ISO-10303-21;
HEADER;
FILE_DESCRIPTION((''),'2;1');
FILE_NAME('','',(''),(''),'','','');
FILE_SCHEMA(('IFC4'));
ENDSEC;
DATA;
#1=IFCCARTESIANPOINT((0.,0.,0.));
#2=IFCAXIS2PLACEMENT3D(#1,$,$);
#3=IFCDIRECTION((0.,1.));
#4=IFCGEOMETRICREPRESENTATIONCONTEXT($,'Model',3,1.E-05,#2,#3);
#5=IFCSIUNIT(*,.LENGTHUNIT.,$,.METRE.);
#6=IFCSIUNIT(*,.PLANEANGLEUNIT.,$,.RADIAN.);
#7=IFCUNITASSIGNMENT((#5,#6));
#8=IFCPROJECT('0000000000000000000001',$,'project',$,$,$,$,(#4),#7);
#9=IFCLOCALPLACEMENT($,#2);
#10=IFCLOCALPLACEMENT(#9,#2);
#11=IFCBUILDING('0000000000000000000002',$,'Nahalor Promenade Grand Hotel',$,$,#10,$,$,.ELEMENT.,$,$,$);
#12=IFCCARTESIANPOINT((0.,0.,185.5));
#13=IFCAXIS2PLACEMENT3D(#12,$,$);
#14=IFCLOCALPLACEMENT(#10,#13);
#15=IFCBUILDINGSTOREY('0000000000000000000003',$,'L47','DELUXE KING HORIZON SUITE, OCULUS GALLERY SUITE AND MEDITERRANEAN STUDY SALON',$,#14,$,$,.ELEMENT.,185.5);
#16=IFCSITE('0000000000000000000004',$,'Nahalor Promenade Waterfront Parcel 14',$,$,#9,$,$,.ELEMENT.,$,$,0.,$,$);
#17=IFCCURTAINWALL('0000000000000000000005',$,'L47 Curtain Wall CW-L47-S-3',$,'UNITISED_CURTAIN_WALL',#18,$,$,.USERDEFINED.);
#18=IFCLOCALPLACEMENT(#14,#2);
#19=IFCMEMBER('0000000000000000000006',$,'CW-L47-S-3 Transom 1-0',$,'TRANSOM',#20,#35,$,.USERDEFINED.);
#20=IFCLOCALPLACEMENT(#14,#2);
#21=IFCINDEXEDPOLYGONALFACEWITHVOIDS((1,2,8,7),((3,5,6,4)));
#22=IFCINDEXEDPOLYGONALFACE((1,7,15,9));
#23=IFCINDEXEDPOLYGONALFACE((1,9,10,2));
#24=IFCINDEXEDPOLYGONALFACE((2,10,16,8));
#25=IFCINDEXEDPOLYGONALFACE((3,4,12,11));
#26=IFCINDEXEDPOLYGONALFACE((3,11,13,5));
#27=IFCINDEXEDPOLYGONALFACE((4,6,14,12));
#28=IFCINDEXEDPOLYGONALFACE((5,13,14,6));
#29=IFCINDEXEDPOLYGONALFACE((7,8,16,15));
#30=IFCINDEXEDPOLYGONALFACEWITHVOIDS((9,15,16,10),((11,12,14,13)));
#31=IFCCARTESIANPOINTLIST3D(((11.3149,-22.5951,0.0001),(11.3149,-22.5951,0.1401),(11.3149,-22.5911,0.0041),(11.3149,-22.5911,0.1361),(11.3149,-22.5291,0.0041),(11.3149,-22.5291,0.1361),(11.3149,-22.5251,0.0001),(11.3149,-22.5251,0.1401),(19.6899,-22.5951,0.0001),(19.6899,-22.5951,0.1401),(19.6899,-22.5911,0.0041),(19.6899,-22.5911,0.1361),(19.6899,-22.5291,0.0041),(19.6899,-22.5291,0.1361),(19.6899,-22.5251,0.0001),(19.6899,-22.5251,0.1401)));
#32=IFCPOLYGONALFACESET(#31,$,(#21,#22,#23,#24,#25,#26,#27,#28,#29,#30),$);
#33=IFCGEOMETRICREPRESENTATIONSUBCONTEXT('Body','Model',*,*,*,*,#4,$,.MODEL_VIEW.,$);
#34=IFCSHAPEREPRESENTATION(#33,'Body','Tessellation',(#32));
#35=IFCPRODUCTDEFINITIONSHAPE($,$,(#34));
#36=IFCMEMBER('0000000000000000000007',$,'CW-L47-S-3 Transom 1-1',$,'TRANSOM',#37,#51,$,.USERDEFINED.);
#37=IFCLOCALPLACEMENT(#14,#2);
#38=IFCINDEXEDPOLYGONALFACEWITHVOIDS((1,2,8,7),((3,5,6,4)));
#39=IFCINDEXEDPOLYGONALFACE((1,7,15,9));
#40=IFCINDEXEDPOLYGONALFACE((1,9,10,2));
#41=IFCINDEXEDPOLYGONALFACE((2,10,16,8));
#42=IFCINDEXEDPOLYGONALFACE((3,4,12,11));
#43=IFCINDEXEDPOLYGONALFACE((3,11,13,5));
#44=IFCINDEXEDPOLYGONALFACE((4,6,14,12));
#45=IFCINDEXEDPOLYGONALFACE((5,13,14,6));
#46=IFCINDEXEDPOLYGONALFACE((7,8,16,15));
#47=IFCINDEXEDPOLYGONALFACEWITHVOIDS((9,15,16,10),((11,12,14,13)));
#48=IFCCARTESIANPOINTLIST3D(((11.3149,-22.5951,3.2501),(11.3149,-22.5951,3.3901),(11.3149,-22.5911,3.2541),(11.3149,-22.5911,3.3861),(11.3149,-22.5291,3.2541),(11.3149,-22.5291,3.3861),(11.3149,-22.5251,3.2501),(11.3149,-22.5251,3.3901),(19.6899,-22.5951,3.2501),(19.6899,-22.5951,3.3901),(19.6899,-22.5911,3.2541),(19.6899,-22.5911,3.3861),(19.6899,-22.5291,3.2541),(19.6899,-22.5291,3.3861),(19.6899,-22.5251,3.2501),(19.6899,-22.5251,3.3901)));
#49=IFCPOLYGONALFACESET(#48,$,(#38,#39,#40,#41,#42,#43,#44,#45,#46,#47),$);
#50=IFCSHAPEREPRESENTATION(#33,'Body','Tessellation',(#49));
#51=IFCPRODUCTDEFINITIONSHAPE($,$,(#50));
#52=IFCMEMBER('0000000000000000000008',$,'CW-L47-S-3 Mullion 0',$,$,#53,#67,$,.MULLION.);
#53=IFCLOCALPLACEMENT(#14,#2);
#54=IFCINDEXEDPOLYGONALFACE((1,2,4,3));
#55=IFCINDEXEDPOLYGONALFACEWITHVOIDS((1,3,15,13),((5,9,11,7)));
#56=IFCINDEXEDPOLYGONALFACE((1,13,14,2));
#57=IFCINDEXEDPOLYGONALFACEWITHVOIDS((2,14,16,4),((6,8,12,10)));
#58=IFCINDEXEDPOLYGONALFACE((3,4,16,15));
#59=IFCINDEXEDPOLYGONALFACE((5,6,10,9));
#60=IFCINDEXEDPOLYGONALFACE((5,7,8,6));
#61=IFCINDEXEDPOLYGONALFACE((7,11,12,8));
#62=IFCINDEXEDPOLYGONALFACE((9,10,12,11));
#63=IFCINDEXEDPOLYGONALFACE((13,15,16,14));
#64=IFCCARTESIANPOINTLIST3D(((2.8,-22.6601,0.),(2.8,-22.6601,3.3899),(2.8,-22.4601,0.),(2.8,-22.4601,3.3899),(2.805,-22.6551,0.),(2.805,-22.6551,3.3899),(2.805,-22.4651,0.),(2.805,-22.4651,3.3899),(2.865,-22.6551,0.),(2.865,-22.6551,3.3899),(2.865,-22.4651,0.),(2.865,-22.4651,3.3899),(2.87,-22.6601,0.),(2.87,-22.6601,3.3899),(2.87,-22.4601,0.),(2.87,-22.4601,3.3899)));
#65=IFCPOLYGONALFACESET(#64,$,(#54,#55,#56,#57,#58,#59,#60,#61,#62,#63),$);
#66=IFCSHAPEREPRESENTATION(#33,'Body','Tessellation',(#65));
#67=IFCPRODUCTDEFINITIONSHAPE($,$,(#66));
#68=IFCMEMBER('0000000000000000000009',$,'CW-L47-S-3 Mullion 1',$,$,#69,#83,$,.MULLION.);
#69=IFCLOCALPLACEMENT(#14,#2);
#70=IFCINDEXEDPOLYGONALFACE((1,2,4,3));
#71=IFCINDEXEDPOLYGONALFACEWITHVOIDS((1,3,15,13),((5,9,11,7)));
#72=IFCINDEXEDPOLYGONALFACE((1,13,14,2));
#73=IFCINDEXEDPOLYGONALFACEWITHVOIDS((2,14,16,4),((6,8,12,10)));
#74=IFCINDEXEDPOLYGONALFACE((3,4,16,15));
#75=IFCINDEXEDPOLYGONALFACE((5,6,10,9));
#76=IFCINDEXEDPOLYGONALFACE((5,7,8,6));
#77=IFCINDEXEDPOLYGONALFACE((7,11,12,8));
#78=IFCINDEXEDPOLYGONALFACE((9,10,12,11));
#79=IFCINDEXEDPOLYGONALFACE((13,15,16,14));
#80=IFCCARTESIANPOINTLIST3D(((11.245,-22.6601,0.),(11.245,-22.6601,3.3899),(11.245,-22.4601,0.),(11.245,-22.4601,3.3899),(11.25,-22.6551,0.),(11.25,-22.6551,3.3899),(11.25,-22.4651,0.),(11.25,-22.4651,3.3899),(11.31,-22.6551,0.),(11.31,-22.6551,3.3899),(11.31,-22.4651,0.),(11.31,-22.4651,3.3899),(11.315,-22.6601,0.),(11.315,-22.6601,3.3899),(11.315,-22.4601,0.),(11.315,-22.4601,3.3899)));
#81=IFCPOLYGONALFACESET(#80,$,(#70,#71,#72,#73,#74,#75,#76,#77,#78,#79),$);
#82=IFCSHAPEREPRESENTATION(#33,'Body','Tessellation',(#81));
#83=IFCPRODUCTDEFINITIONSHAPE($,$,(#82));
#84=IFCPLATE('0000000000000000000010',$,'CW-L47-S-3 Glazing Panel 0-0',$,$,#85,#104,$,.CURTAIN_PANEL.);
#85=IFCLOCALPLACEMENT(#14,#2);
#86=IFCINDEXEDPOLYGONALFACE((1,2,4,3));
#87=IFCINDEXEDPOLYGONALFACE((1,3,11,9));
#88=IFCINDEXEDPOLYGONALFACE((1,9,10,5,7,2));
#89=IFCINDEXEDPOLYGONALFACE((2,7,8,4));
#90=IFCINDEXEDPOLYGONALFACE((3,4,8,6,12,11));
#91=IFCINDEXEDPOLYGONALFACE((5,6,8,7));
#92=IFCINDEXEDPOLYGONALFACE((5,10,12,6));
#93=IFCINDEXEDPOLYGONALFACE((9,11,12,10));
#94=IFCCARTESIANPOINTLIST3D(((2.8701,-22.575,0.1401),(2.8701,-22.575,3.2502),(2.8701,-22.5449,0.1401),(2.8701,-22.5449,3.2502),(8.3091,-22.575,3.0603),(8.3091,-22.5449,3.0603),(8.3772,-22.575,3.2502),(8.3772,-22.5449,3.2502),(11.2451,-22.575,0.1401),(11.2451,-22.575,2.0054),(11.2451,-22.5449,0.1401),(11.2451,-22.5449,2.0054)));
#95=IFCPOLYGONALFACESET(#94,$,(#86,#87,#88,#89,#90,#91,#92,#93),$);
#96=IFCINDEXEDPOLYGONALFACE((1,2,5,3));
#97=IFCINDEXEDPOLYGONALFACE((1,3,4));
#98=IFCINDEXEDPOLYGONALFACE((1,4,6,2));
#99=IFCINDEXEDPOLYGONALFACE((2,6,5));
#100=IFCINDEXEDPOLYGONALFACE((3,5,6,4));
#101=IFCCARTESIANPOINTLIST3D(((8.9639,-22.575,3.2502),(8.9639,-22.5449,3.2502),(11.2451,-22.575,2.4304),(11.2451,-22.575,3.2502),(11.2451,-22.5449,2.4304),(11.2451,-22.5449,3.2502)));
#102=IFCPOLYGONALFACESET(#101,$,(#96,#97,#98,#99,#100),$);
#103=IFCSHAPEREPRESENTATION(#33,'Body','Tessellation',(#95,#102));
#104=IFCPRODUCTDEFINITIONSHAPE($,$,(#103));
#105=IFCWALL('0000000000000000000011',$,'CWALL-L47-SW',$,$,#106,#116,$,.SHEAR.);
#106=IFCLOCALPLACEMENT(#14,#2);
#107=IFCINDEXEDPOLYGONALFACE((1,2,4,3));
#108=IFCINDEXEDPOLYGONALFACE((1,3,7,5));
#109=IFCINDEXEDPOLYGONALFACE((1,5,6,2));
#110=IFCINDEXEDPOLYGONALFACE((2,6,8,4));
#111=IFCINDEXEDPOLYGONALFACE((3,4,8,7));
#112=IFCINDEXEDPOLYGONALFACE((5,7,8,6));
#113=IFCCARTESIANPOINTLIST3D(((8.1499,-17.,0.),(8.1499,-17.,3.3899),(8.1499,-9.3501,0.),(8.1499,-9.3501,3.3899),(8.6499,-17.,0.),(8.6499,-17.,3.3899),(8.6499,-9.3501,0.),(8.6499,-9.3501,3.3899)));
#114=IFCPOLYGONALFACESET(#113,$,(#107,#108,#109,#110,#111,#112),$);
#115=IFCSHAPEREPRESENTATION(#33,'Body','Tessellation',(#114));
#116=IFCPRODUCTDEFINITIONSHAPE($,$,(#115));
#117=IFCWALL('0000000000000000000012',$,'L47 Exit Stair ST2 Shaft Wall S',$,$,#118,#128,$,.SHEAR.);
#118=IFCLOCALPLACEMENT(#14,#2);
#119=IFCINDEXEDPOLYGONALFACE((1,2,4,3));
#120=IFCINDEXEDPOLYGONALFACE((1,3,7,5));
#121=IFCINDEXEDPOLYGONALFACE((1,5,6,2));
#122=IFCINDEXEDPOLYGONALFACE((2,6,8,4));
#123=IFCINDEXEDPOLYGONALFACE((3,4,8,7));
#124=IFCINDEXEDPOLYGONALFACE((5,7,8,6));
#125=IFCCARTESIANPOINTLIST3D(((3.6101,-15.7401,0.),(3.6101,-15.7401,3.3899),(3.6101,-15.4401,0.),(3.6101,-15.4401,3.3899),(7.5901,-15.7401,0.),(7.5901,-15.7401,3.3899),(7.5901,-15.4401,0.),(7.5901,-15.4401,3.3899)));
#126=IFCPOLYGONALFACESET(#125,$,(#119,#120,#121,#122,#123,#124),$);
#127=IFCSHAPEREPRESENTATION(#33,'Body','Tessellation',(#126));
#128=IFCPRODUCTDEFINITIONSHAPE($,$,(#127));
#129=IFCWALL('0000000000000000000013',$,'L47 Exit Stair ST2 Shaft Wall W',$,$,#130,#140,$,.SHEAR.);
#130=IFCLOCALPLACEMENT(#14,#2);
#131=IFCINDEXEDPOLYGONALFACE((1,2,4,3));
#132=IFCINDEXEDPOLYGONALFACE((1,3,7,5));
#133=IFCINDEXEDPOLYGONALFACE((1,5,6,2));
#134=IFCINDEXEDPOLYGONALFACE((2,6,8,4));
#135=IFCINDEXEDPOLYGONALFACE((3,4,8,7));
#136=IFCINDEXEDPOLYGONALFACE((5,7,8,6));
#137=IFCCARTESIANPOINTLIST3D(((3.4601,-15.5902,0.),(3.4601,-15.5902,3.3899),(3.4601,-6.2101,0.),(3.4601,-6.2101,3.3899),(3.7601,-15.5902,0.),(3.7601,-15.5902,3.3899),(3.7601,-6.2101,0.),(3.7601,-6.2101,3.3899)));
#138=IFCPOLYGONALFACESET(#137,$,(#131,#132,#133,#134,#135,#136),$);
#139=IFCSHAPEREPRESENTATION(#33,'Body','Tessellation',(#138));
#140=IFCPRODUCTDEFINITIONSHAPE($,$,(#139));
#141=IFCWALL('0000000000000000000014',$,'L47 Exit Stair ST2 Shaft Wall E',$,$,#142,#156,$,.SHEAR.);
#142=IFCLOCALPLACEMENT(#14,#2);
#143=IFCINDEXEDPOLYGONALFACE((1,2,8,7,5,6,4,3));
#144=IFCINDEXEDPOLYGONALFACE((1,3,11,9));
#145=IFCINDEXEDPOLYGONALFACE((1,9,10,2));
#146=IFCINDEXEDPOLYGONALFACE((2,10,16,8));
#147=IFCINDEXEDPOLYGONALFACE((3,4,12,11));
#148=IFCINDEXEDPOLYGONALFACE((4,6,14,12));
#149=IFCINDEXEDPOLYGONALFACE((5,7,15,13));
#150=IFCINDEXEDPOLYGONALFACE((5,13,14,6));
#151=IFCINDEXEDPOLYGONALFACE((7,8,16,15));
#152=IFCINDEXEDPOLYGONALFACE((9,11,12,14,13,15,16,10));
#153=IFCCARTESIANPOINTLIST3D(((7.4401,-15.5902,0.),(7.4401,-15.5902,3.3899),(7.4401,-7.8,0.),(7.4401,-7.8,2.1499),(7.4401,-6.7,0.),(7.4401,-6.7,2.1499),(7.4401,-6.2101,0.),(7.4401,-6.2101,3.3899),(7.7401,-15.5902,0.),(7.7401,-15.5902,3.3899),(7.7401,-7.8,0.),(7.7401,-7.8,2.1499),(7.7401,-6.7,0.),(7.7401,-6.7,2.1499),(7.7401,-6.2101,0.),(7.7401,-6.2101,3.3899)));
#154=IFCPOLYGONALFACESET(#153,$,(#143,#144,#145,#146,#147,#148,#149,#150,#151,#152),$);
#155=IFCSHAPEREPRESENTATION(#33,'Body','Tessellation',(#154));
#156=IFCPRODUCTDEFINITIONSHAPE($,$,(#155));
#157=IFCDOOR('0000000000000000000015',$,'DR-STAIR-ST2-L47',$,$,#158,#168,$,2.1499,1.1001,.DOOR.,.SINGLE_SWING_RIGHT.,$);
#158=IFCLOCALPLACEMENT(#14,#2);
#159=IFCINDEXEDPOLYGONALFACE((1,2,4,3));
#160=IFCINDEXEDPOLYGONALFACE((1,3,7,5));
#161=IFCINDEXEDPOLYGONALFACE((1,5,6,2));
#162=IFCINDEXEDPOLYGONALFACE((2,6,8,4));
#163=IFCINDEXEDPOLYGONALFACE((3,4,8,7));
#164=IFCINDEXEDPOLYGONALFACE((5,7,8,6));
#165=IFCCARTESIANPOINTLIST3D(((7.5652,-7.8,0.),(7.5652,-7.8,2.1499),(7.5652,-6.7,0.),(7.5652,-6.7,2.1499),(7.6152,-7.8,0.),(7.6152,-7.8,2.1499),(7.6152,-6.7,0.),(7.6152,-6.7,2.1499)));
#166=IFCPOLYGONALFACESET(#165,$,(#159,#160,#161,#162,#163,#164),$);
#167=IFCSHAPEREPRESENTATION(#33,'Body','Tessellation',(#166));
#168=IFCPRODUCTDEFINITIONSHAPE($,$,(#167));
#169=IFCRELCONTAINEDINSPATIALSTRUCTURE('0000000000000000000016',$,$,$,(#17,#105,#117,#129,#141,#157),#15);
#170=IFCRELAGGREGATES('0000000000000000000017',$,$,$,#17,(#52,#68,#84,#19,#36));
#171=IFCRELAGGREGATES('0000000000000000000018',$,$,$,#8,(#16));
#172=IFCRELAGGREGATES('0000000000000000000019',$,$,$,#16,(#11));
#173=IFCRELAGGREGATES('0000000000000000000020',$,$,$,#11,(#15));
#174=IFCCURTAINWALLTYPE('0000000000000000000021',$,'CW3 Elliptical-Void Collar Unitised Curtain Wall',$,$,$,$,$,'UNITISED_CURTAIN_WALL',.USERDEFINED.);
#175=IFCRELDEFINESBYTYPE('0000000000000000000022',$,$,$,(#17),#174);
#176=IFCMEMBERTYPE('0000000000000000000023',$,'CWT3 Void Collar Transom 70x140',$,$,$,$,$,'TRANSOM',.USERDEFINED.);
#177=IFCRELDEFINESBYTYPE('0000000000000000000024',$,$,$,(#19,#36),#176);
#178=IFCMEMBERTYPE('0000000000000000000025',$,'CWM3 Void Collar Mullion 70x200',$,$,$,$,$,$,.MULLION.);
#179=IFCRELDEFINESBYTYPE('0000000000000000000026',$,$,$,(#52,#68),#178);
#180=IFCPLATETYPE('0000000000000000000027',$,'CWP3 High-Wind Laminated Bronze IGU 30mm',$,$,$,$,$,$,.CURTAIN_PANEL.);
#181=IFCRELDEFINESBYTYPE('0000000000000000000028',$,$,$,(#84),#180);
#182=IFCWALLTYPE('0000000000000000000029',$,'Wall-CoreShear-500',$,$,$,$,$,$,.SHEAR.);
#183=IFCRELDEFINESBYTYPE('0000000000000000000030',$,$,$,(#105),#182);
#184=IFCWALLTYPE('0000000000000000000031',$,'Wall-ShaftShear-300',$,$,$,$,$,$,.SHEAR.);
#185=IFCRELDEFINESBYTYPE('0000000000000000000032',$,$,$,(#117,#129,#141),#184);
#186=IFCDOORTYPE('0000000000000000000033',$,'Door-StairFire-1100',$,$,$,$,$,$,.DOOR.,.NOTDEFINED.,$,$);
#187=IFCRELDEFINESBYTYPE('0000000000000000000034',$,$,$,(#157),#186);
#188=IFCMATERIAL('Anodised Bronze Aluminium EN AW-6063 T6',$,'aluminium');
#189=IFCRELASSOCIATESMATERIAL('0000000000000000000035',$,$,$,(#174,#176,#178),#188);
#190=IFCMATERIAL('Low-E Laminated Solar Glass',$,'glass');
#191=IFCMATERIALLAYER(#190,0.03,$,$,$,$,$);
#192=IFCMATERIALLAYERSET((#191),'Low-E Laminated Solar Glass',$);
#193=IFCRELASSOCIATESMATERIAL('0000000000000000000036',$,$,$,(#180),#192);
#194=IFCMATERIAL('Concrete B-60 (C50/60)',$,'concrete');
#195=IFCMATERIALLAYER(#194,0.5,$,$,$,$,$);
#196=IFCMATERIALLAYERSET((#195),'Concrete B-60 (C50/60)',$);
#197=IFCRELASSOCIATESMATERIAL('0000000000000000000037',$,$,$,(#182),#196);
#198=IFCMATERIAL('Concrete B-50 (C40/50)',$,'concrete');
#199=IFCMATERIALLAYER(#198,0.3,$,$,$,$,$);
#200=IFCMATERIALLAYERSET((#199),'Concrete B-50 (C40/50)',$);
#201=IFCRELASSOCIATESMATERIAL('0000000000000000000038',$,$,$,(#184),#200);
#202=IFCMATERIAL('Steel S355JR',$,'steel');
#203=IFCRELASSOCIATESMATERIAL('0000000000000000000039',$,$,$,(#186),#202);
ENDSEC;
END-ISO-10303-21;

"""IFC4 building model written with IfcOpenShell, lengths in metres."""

from ifc_helpers import new_model, si_unit, direction, frame, frame_2d, origin, origin_2d, place, context, subcontext, project, spatial, polyline, rectangle, hollow_rectangle, outline, extrude, source, transform, mapped, material, layer, layer_set, material_profile, profile_set, type_object, element, fill, aggregate, save


model = new_model("IFC4")

# Units and contexts
model_context = context("Model", 3, precision=1e-05, world=origin(), true_north=direction((0.0, 1.0)))
body_context = subcontext(model_context, "Body", "Model", "MODEL_VIEW")
ifc_project = project(units=[si_unit("LENGTHUNIT", "METRE"), si_unit("PLANEANGLEUNIT", "RADIAN")], contexts=[model_context])

# Site, building, storey
site_placement = place(None, origin())
site = spatial("IfcSite", under=ifc_project, at=site_placement, Name="Nahalor Promenade Waterfront Parcel 14", CompositionType="ELEMENT", RefElevation=0.0)
building_placement = place(site_placement, origin())
building = spatial("IfcBuilding", under=site, at=building_placement, Name="Nahalor Promenade Grand Hotel", CompositionType="ELEMENT")
storey_placement = place(building_placement, frame((0.0, 0.0, 185.5)))
storey = spatial("IfcBuildingStorey", under=building, at=storey_placement, Name="L47", Description="DELUXE KING HORIZON SUITE, OCULUS GALLERY SUITE AND MEDITERRANEAN STUDY SALON", CompositionType="ELEMENT", Elevation=185.5)

# Shared definitions
ifc_material_1 = material(Name="Concrete B-60 (C50/60)", Category="concrete")

# Shared definitions
ifc_material_2 = material(Name="Steel S355JR", Category="steel")

# Curtain wall, members, plate
ifc_material_3 = material(Name="Anodised Bronze Aluminium EN AW-6063 T6", Category="aluminium")
curtain_wall_type = type_object("IfcCurtainWallType", Name="CW3 Elliptical-Void Collar Unitised Curtain Wall", ElementType="UNITISED_CURTAIN_WALL", PredefinedType="USERDEFINED", material=ifc_material_3)
curtain_wall_placement = place(storey_placement, origin())
curtain_wall = element("IfcCurtainWall", 1, at=curtain_wall_placement, inside=storey, type_object=curtain_wall_type, Name="L47 Curtain Wall CW-L47-S-3", ObjectType="UNITISED_CURTAIN_WALL", PredefinedType="USERDEFINED")
ifc_material_profile_1 = material_profile(ifc_material_3, hollow_rectangle(XDim=0.07, YDim=0.14, WallThickness=0.004, at=origin_2d()), Name="CWT 70x140x4")
ifc_profile_set_1 = profile_set([ifc_material_profile_1], Name="Anodised Bronze Aluminium EN AW-6063 T6")
member_type_1 = type_object("IfcMemberType", Name="CWT3 Void Collar Transom 70x140", ElementType="TRANSOM", PredefinedType="USERDEFINED", material=ifc_profile_set_1)
shared_shape_1 = source(origin(), body_context, "Body", "SweptSolid", [
    extrude(hollow_rectangle(XDim=0.07, YDim=0.14, WallThickness=0.004, at=origin_2d()), origin(), (0.0, 0.0, 1.0), 8.375),
])
member_1_placement = place(storey_placement, frame((11.3149, -22.5601, 0.0701), z_axis=(1.0, 0.0, 0.0), x_axis=(0.0, 1.0, 0.0)))
member_1 = element("IfcMember", 2, at=member_1_placement, type_object=member_type_1, Name="CW-L47-S-3 Transom 1-0", ObjectType="TRANSOM", PredefinedType="USERDEFINED", context=body_context, shape_type="MappedRepresentation", body=[
    mapped(shared_shape_1, transform((0.0, 0.0, 0.0), scale=1.0)),
])
member_2_placement = place(storey_placement, frame((11.3149, -22.5601, 3.3201), z_axis=(1.0, 0.0, 0.0), x_axis=(0.0, 1.0, 0.0)))
member_2 = element("IfcMember", 3, at=member_2_placement, type_object=member_type_1, Name="CW-L47-S-3 Transom 1-1", ObjectType="TRANSOM", PredefinedType="USERDEFINED", context=body_context, shape_type="MappedRepresentation", body=[
    mapped(shared_shape_1, transform((0.0, 0.0, 0.0), scale=1.0)),
])
ifc_material_profile_2 = material_profile(ifc_material_3, hollow_rectangle(XDim=0.07, YDim=0.2, WallThickness=0.005, at=origin_2d()), Name="CWM 70x200x5")
ifc_profile_set_2 = profile_set([ifc_material_profile_2], Name="Anodised Bronze Aluminium EN AW-6063 T6")
member_type_2 = type_object("IfcMemberType", Name="CWM3 Void Collar Mullion 70x200", PredefinedType="MULLION", material=ifc_profile_set_2)
shared_shape_2 = source(origin(), body_context, "Body", "SweptSolid", [
    extrude(hollow_rectangle(XDim=0.07, YDim=0.2, WallThickness=0.005, at=origin_2d()), origin(), (0.0, 0.0, 1.0), 3.3899),
])
member_3_placement = place(storey_placement, frame((2.835, -22.5601, 0.0), z_axis=(0.0, 0.0, 1.0), x_axis=(1.0, 0.0, 0.0)))
member_3 = element("IfcMember", 4, at=member_3_placement, type_object=member_type_2, Name="CW-L47-S-3 Mullion 0", PredefinedType="MULLION", context=body_context, shape_type="MappedRepresentation", body=[
    mapped(shared_shape_2, transform((0.0, 0.0, 0.0), scale=1.0)),
])
member_4_placement = place(storey_placement, frame((11.28, -22.5601, 0.0), z_axis=(0.0, 0.0, 1.0), x_axis=(1.0, 0.0, 0.0)))
member_4 = element("IfcMember", 5, at=member_4_placement, type_object=member_type_2, Name="CW-L47-S-3 Mullion 1", PredefinedType="MULLION", context=body_context, shape_type="MappedRepresentation", body=[
    mapped(shared_shape_2, transform((0.0, 0.0, 0.0), scale=1.0)),
])
ifc_material_4 = material(Name="Low-E Laminated Solar Glass", Category="glass")
ifc_layer_1 = layer(ifc_material_4, 0.03)
ifc_layer_set_1 = layer_set([ifc_layer_1], Name="Low-E Laminated Solar Glass")
plate_type = type_object("IfcPlateType", Name="CWP3 High-Wind Laminated Bronze IGU 30mm", PredefinedType="CURTAIN_PANEL", material=ifc_layer_set_1)
plate_placement = place(storey_placement, frame((7.0576, -22.5601, 0.1401), z_axis=(0.0, 0.0, 1.0), x_axis=(1.0, 0.0, 0.0)))
plate = element("IfcPlate", 6, at=plate_placement, type_object=plate_type, Name="CW-L47-S-3 Glazing Panel 0-0", PredefinedType="CURTAIN_PANEL", context=body_context, shape_type="SweptSolid", body=[
    extrude(outline(polyline([(-4.1875, 0.0), (4.1875, 0.0), (4.1875, 1.8652), (1.2515, 2.9202), (1.3196, 3.1101), (-4.1875, 3.1101), (-4.1875, 0.0)])), frame((0.0, 0.0151, 0.0), z_axis=(0.0, -1.0, 0.0), x_axis=(1.0, 0.0, 0.0)), (0.0, 0.0, 1.0), 0.03),
    extrude(outline(polyline([(4.1875, 2.2903), (4.1875, 3.1101), (1.9062, 3.1101), (4.1875, 2.2903)])), frame((0.0, 0.0151, 0.0), z_axis=(0.0, -1.0, 0.0), x_axis=(1.0, 0.0, 0.0)), (0.0, 0.0, 1.0), 0.03),
])
aggregate(curtain_wall, [member_3, member_4, plate, member_1, member_2])

# Walls
ifc_layer_2 = layer(ifc_material_1, 0.5)
ifc_layer_set_2 = layer_set([ifc_layer_2], Name="Concrete B-60 (C50/60)")
wall_type_1 = type_object("IfcWallType", Name="Wall-CoreShear-500", PredefinedType="SHEAR", material=ifc_layer_set_2)
shared_shape_3 = source(origin(), body_context, "Body", "SweptSolid", [
    extrude(rectangle(XDim=7.6499, YDim=0.5, at=frame_2d((3.825, 0.0))), origin(), (0.0, 0.0, 1.0), 3.3899),
])
wall_1_placement = place(storey_placement, frame((8.3999, -17.0, 0.0), z_axis=(0.0, 0.0, 1.0), x_axis=(0.0, 1.0, 0.0)))
element("IfcWall", 7, at=wall_1_placement, inside=storey, type_object=wall_type_1, Name="CWALL-L47-SW", PredefinedType="SHEAR", context=body_context, shape_type="MappedRepresentation", body=[
    mapped(shared_shape_3, transform((0.0, 0.0, 0.0), scale=1.0)),
])
ifc_material_5 = material(Name="Concrete B-50 (C40/50)", Category="concrete")
ifc_layer_3 = layer(ifc_material_5, 0.3)
ifc_layer_set_3 = layer_set([ifc_layer_3], Name="Concrete B-50 (C40/50)")
wall_type_2 = type_object("IfcWallType", Name="Wall-ShaftShear-300", PredefinedType="SHEAR", material=ifc_layer_set_3)
shared_shape_4 = source(origin(), body_context, "Body", "SweptSolid", [
    extrude(rectangle(XDim=3.98, YDim=0.3, at=frame_2d((1.99, 0.0))), origin(), (0.0, 0.0, 1.0), 3.3899),
])
wall_2_placement = place(storey_placement, frame((3.6101, -15.5901, 0.0), z_axis=(0.0, 0.0, 1.0), x_axis=(1.0, 0.0, 0.0)))
element("IfcWall", 8, at=wall_2_placement, inside=storey, type_object=wall_type_2, Name="L47 Exit Stair ST2 Shaft Wall S", PredefinedType="SHEAR", context=body_context, shape_type="MappedRepresentation", body=[
    mapped(shared_shape_4, transform((0.0, 0.0, 0.0), scale=1.0)),
])
shared_shape_5 = source(origin(), body_context, "Body", "SweptSolid", [
    extrude(rectangle(XDim=9.3801, YDim=0.3, at=frame_2d((4.6899, 0.0))), origin(), (0.0, 0.0, 1.0), 3.3899),
])
wall_3_placement = place(storey_placement, frame((3.6101, -15.5901, 0.0), z_axis=(0.0, 0.0, 1.0), x_axis=(0.0, 1.0, 0.0)))
element("IfcWall", 9, at=wall_3_placement, inside=storey, type_object=wall_type_2, Name="L47 Exit Stair ST2 Shaft Wall W", PredefinedType="SHEAR", context=body_context, shape_type="MappedRepresentation", body=[
    mapped(shared_shape_5, transform((0.0, 0.0, 0.0), scale=1.0)),
])

# Wall, opening, door
wall_4_placement = place(storey_placement, frame((7.5901, -15.5901, 0.0), z_axis=(0.0, 0.0, 1.0), x_axis=(0.0, 1.0, 0.0)))
wall_4 = element("IfcWall", 10, at=wall_4_placement, inside=storey, type_object=wall_type_2, Name="L47 Exit Stair ST2 Shaft Wall E", PredefinedType="SHEAR", context=body_context, shape_type="MappedRepresentation", body=[
    mapped(shared_shape_5, transform((0.0, 0.0, 0.0), scale=1.0)),
])
opening_1_placement = place(wall_4_placement, frame((7.79, 0.0, 0.0)))
opening_1 = element("IfcOpeningElement", 11, at=opening_1_placement, cuts=wall_4, PredefinedType="OPENING", context=body_context, shape_type="SweptSolid", body=[
    extrude(rectangle(XDim=1.1001, YDim=2.1499, at=frame_2d((0.55, 1.075))), frame((0.0, 0.1599, 0.0), z_axis=(0.0, -1.0, 0.0), x_axis=(1.0, 0.0, 0.0)), (0.0, 0.0, 1.0), 0.3201),
])
door_type_1 = type_object("IfcDoorType", Name="Door-StairFire-1100", OperationType="NOTDEFINED", PredefinedType="DOOR", material=ifc_material_2)
shared_shape_6 = source(origin(), body_context, "Body", "SweptSolid", [
    extrude(rectangle(XDim=1.1001, YDim=2.1499, at=frame_2d((0.55, 1.075))), frame((0.0, 0.0249, 0.0), z_axis=(0.0, -1.0, 0.0), x_axis=(1.0, 0.0, 0.0)), (0.0, 0.0, 1.0), 0.05),
])
door_1_placement = place(opening_1_placement, origin())
door_1 = element("IfcDoor", 12, at=door_1_placement, inside=storey, type_object=door_type_1, Name="DR-STAIR-ST2-L47", OperationType="SINGLE_SWING_RIGHT", OverallHeight=2.1499, OverallWidth=1.1001, PredefinedType="DOOR", context=body_context, shape_type="MappedRepresentation", body=[
    mapped(shared_shape_6, transform((0.0, 0.0, 0.0), scale=1.0)),
])
fill(opening_1, door_1)

save(model, "model.ifc")
